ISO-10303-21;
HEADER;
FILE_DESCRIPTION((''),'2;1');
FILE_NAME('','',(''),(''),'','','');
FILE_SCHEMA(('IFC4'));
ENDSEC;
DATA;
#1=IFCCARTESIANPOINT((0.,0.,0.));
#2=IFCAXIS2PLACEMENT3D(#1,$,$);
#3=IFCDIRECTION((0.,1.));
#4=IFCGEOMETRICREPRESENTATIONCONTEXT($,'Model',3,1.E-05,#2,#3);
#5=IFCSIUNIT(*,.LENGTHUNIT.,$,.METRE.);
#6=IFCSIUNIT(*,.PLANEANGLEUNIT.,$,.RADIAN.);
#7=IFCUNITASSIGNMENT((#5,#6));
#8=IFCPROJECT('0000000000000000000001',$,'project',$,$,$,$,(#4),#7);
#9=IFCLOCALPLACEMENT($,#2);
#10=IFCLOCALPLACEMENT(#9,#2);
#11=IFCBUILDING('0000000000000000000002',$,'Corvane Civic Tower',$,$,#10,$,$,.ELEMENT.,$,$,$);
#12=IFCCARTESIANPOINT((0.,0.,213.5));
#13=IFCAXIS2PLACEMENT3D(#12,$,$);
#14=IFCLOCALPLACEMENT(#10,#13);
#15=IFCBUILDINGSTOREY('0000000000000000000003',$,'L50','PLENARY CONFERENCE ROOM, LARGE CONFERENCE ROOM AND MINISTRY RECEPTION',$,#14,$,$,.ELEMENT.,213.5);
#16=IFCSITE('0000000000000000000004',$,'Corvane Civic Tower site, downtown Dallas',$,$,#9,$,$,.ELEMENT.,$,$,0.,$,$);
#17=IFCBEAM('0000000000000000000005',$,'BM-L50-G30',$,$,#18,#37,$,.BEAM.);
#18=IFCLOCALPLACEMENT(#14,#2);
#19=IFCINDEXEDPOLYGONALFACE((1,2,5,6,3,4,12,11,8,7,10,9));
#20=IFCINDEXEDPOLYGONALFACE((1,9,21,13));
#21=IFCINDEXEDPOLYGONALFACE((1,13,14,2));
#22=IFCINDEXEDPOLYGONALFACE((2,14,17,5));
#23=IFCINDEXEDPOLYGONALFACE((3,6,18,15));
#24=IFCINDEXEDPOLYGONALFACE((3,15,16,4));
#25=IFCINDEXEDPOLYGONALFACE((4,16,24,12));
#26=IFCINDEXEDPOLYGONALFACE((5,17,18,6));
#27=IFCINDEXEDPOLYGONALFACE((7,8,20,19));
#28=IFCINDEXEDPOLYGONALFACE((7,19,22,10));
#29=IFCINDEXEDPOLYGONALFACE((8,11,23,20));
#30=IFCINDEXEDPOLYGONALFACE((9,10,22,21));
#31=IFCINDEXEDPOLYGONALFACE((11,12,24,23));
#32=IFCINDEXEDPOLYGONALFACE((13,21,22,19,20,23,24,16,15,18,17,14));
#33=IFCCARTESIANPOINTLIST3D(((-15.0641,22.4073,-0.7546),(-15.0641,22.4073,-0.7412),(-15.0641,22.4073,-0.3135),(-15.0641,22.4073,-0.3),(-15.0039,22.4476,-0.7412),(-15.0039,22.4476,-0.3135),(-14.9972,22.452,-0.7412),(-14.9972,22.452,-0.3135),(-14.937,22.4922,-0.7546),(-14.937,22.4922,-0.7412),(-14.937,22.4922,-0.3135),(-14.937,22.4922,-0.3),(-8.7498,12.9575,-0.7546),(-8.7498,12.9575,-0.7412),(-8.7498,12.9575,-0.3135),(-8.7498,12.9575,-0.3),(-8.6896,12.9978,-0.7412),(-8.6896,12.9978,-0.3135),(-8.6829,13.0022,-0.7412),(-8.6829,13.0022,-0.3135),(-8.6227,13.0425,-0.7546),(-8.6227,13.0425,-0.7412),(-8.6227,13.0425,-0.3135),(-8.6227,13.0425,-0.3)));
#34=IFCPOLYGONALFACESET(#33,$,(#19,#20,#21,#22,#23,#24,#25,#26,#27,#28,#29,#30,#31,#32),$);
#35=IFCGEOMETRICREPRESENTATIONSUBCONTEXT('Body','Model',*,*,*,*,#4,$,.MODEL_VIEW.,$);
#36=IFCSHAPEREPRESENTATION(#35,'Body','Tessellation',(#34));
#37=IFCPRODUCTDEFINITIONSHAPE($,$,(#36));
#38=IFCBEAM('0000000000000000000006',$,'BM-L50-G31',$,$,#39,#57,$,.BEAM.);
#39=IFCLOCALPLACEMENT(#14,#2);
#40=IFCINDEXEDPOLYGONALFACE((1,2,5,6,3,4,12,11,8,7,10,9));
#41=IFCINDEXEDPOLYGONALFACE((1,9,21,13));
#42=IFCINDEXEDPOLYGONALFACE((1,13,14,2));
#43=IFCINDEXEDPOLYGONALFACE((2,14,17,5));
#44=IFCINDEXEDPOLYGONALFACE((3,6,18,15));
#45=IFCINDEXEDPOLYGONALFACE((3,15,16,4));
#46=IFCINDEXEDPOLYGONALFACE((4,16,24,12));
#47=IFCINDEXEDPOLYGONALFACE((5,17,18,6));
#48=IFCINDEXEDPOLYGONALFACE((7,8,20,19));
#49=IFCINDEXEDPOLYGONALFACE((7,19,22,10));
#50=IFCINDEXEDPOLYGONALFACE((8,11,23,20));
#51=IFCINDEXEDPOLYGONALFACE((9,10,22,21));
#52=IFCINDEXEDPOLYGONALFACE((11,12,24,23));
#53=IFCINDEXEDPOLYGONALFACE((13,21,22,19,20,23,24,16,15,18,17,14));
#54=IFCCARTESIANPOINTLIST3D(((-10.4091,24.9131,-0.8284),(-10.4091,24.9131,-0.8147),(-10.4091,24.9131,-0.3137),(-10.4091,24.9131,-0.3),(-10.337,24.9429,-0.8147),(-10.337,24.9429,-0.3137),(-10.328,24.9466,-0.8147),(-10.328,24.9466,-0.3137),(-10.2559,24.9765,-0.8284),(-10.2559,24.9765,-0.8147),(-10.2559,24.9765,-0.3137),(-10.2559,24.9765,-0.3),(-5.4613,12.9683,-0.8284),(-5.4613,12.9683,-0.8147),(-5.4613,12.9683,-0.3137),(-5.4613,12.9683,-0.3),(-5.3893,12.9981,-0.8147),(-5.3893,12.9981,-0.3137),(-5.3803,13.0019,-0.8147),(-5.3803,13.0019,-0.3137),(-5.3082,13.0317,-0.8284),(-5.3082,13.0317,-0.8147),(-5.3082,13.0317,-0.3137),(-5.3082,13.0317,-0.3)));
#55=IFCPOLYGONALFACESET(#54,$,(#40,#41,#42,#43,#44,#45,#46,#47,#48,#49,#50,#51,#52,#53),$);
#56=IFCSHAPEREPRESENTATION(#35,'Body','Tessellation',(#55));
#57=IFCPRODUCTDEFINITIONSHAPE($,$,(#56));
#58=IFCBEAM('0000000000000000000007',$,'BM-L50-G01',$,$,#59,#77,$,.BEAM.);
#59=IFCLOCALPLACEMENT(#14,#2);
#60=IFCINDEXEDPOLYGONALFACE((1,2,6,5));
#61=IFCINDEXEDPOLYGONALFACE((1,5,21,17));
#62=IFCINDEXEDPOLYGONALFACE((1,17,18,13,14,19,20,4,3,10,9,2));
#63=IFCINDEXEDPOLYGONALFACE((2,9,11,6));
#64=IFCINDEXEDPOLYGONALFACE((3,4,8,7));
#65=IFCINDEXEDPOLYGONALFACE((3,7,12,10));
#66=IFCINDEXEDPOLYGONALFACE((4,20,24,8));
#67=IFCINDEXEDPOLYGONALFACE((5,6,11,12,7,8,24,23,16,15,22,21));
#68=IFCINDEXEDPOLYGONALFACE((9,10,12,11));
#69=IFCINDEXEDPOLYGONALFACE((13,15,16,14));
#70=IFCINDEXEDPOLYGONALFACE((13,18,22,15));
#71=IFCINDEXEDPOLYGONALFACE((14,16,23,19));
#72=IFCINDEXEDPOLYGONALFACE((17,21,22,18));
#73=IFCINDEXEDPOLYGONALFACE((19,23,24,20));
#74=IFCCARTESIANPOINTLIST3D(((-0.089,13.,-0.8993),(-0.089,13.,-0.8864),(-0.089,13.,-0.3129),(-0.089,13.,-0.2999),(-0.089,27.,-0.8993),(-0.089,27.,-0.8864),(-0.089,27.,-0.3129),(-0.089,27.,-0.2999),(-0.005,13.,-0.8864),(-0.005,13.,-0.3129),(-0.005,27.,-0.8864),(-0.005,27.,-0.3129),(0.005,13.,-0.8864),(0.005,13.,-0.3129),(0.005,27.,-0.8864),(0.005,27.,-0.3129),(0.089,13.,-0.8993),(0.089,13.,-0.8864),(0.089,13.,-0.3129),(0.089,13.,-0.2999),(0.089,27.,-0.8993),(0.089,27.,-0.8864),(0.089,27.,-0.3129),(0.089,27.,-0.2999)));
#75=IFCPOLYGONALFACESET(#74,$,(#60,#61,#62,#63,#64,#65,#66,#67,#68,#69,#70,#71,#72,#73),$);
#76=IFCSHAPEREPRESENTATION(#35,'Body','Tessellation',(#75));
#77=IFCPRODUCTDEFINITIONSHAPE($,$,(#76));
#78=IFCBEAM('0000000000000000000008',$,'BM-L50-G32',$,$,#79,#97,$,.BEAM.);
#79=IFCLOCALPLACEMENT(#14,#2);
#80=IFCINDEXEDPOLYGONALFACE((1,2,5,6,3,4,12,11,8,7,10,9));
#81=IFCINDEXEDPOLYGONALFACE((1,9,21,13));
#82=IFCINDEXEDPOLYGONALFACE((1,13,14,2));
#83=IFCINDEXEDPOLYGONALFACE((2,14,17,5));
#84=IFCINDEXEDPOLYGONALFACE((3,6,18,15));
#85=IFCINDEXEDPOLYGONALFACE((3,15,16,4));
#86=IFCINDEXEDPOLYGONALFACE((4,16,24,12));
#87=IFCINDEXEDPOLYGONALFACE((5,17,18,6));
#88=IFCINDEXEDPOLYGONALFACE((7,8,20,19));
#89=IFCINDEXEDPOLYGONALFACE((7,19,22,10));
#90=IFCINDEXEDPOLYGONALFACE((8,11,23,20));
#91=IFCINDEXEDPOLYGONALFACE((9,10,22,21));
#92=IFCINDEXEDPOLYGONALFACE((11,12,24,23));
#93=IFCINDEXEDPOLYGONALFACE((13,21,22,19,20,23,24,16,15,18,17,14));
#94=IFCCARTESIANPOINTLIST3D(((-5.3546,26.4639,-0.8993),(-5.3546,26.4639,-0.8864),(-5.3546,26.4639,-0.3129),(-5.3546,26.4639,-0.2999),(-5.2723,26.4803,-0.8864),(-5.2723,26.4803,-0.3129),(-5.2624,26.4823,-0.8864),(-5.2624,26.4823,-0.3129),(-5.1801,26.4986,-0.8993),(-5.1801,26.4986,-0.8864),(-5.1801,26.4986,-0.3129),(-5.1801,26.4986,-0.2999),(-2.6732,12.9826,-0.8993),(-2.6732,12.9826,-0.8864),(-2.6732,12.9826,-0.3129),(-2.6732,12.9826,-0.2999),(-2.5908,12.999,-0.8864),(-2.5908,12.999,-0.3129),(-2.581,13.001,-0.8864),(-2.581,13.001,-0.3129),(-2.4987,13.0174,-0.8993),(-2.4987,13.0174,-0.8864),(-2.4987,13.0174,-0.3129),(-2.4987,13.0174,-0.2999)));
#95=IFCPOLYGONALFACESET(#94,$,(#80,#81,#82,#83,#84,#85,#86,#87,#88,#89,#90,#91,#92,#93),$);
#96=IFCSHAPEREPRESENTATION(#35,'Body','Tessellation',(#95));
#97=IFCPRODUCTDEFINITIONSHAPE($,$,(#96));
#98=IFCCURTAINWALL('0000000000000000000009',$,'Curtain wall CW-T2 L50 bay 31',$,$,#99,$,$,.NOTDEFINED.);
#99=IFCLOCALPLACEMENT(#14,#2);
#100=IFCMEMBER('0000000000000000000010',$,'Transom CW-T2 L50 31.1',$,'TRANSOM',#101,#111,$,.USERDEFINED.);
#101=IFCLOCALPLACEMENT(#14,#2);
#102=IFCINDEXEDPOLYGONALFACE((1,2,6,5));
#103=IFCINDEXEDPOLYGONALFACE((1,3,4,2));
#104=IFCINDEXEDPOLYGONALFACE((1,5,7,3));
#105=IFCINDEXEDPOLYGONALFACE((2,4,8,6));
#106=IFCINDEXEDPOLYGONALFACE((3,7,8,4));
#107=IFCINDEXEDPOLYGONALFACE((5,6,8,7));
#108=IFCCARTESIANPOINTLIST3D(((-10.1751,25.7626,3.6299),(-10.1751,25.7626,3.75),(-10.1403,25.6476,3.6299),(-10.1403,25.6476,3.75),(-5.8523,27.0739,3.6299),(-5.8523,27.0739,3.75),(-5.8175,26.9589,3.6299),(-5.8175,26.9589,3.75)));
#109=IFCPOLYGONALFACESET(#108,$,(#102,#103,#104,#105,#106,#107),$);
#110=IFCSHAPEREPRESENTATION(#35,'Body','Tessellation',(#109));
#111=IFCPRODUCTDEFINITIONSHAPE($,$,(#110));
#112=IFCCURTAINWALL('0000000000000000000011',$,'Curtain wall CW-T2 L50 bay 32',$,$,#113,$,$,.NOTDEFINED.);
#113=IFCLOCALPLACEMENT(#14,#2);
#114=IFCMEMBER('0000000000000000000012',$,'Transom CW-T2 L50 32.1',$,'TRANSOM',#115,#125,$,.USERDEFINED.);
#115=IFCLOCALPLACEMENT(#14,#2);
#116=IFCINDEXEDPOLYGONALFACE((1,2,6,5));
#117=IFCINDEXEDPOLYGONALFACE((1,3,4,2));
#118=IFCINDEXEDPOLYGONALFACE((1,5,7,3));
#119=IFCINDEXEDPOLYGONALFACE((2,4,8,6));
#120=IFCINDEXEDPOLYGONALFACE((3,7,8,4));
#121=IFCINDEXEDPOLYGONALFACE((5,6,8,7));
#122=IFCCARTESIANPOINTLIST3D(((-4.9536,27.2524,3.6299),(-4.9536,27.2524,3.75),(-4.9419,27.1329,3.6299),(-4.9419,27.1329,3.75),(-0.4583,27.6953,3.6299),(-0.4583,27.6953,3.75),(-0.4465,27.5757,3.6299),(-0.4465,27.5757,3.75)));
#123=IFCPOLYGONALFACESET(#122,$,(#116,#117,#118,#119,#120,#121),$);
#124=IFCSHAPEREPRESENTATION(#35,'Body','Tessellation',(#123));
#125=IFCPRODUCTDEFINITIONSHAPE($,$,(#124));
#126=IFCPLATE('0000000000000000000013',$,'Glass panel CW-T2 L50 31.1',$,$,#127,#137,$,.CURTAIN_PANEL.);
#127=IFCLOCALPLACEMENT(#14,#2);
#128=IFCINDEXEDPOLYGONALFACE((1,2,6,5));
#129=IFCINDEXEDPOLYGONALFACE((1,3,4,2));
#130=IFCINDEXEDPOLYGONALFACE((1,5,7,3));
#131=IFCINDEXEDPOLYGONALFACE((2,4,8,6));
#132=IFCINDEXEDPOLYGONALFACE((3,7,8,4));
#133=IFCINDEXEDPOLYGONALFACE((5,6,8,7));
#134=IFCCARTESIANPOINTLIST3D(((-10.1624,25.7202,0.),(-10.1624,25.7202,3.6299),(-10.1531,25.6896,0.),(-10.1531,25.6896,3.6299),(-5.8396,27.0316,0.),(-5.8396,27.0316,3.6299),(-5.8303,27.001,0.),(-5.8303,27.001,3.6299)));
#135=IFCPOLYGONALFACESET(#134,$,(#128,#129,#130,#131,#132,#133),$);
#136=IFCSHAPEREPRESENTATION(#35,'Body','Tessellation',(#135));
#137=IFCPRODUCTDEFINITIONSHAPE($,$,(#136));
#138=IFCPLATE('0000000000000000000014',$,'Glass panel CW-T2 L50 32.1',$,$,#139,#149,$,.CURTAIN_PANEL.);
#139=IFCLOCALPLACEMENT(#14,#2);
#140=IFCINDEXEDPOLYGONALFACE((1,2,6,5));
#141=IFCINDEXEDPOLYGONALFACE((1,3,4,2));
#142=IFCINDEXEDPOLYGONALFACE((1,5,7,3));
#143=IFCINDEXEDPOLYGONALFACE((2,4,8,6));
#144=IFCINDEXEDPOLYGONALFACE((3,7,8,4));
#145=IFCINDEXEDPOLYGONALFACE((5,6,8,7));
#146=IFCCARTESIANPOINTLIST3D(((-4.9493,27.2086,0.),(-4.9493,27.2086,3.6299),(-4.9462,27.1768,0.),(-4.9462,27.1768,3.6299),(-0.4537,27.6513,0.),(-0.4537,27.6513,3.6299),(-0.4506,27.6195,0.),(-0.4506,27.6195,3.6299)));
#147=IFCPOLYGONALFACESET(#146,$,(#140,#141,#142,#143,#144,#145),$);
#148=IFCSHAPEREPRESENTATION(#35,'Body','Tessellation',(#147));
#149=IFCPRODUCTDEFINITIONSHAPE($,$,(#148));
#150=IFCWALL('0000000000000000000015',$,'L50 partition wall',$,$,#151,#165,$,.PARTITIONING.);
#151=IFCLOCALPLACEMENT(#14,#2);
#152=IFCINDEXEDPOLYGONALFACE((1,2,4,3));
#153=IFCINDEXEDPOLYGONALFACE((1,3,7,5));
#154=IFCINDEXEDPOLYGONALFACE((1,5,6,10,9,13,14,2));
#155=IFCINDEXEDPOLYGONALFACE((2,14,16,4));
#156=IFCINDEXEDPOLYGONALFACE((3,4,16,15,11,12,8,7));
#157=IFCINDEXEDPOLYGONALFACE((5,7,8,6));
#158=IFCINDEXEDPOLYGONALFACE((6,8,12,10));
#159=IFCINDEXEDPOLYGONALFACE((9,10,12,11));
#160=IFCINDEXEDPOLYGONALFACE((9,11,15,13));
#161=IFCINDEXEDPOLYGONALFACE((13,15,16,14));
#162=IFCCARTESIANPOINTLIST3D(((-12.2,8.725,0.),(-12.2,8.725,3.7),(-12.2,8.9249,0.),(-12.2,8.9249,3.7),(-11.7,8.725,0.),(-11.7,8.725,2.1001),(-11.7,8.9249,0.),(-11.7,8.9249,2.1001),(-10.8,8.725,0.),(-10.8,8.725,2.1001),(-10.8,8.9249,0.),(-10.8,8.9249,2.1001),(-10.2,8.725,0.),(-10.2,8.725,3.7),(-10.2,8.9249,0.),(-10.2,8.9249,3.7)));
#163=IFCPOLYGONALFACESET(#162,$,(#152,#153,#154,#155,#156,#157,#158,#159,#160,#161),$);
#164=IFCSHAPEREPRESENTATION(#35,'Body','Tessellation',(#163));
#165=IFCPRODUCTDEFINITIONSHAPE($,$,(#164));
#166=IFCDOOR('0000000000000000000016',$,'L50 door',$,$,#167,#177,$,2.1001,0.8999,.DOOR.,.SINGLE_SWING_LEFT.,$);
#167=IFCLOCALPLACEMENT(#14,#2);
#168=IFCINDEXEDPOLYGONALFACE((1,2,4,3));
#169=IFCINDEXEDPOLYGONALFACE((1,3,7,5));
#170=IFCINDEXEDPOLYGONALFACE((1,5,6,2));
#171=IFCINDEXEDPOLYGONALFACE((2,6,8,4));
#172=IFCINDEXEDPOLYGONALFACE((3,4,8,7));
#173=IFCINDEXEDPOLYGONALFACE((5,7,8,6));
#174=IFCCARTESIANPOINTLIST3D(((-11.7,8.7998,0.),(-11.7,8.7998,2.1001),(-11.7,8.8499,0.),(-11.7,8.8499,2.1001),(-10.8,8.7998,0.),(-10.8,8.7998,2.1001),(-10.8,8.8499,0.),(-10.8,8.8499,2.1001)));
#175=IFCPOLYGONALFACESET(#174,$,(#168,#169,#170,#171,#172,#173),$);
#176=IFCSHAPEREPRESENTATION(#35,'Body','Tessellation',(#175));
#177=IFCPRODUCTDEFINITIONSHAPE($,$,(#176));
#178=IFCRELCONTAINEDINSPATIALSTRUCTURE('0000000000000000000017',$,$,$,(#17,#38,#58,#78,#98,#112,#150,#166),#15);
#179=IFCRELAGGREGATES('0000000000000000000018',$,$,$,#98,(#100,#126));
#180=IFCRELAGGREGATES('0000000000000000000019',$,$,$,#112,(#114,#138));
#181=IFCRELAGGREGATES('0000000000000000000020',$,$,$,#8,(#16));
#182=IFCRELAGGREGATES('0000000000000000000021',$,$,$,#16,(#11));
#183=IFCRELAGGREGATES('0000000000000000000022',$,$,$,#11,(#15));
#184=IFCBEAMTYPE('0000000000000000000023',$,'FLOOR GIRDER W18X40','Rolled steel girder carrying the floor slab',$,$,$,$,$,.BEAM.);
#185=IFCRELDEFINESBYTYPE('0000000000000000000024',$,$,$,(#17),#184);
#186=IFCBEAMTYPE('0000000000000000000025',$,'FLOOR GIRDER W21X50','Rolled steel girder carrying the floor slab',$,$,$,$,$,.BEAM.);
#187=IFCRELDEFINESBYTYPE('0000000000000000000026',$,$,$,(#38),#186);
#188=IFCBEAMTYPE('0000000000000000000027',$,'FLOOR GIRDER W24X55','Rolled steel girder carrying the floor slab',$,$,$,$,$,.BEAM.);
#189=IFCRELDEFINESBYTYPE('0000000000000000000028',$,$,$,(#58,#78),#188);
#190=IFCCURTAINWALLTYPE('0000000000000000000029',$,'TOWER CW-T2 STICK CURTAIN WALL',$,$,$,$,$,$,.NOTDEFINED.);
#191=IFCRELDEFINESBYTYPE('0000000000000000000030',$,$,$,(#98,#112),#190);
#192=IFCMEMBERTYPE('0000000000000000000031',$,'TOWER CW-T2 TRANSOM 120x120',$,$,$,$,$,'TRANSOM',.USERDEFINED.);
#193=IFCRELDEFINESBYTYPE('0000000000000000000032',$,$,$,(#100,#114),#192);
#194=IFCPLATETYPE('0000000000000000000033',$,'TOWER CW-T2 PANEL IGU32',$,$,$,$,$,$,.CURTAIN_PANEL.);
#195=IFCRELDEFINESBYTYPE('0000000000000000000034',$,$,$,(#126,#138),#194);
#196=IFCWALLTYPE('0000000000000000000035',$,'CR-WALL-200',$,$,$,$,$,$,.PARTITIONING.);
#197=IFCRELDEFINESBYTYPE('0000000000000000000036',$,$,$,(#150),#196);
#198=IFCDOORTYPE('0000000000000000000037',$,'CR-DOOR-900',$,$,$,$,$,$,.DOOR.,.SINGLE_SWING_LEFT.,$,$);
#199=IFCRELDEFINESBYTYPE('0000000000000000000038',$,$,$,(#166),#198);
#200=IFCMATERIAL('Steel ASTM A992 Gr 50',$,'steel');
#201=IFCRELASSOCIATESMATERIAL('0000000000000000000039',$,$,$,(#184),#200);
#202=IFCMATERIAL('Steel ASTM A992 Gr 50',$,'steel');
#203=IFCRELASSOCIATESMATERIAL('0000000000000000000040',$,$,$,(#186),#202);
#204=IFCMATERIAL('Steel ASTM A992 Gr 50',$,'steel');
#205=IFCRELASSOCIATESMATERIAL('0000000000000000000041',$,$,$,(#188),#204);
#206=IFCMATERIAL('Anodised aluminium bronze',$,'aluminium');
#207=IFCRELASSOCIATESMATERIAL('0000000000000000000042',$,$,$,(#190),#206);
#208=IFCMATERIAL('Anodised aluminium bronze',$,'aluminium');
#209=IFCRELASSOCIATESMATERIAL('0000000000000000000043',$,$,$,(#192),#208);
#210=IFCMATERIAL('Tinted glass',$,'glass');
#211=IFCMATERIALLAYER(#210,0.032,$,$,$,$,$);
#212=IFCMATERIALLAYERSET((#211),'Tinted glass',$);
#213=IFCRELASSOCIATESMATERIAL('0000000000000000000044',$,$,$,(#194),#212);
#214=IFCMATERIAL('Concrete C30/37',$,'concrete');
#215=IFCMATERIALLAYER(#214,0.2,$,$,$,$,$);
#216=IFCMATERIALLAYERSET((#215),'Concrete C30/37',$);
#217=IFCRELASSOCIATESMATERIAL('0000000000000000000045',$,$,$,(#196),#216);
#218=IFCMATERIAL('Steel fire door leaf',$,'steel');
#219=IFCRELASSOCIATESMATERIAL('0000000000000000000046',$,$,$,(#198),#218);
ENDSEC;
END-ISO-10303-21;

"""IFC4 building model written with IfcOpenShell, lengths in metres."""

from ifc_helpers import new_model, si_unit, direction, frame, frame_2d, origin, origin_2d, place, context, subcontext, project, spatial, rectangle, i_section, extrude, material, layer, layer_set, material_profile, profile_set, type_object, element, fill, aggregate, save


model = new_model("IFC4")

# Units and contexts
model_context = context("Model", 3, precision=1e-05, world=origin(), true_north=direction((0.0, 1.0)))
body_context = subcontext(model_context, "Body", "Model", "MODEL_VIEW")
ifc_project = project(units=[si_unit("LENGTHUNIT", "METRE"), si_unit("PLANEANGLEUNIT", "RADIAN")], contexts=[model_context])

# Site, building, storey
site_placement = place(None, origin())
site = spatial("IfcSite", under=ifc_project, at=site_placement, Name="Corvane Civic Tower site, downtown Dallas", CompositionType="ELEMENT", RefElevation=0.0)
building_placement = place(site_placement, origin())
building = spatial("IfcBuilding", under=site, at=building_placement, Name="Corvane Civic Tower", CompositionType="ELEMENT")
storey_placement = place(building_placement, frame((0.0, 0.0, 213.5)))
storey = spatial("IfcBuildingStorey", under=building, at=storey_placement, Name="L50", Description="PLENARY CONFERENCE ROOM, LARGE CONFERENCE ROOM AND MINISTRY RECEPTION", CompositionType="ELEMENT", Elevation=213.5)

# Beams
ifc_material_1 = material(Name="Steel ASTM A992 Gr 50", Category="steel")
ifc_material_profile_1 = material_profile(ifc_material_1, i_section(OverallWidth=0.1528, OverallDepth=0.4546, WebThickness=0.0081, FlangeThickness=0.0134, at=origin_2d()), Name="W18X40")
ifc_profile_set_1 = profile_set([ifc_material_profile_1], Name="Steel ASTM A992 Gr 50")
beam_type_1 = type_object("IfcBeamType", Name="FLOOR GIRDER W18X40", Description="Rolled steel girder carrying the floor slab", PredefinedType="BEAM", material=ifc_profile_set_1)
beam_1_placement = place(storey_placement, frame((-8.6863, 13.0, -0.5273), z_axis=(-0.555577, 0.831465, 0.0), x_axis=(-0.831465, -0.555577, 0.0)))
element("IfcBeam", 1, at=beam_1_placement, inside=storey, type_object=beam_type_1, Name="BM-L50-G30", PredefinedType="BEAM", context=body_context, shape_type="SweptSolid", body=[
    extrude(i_section(OverallWidth=0.1528, OverallDepth=0.4546, WebThickness=0.0081, FlangeThickness=0.0134, at=origin_2d()), origin(), (0.0, 0.0, 1.0), 11.3652),
])
ifc_material_2 = material(Name="Steel ASTM A992 Gr 50", Category="steel")
ifc_material_profile_2 = material_profile(ifc_material_2, i_section(OverallWidth=0.1658, OverallDepth=0.5283, WebThickness=0.0098, FlangeThickness=0.0137, at=origin_2d()), Name="W21X50")
ifc_profile_set_2 = profile_set([ifc_material_profile_2], Name="Steel ASTM A992 Gr 50")
beam_type_2 = type_object("IfcBeamType", Name="FLOOR GIRDER W21X50", Description="Rolled steel girder carrying the floor slab", PredefinedType="BEAM", material=ifc_profile_set_2)
beam_2_placement = place(storey_placement, frame((-5.3848, 13.0, -0.5642), z_axis=(-0.382686, 0.923878, 0.0), x_axis=(-0.923878, -0.382686, 0.0)))
element("IfcBeam", 2, at=beam_2_placement, inside=storey, type_object=beam_type_2, Name="BM-L50-G31", PredefinedType="BEAM", context=body_context, shape_type="SweptSolid", body=[
    extrude(i_section(OverallWidth=0.1658, OverallDepth=0.5283, WebThickness=0.0098, FlangeThickness=0.0137, at=origin_2d()), origin(), (0.0, 0.0, 1.0), 12.929),
])
ifc_material_3 = material(Name="Steel ASTM A992 Gr 50", Category="steel")
ifc_material_profile_3 = material_profile(ifc_material_3, i_section(OverallWidth=0.178, OverallDepth=0.5994, WebThickness=0.01, FlangeThickness=0.0129, at=origin_2d()), Name="W24X55")
ifc_profile_set_3 = profile_set([ifc_material_profile_3], Name="Steel ASTM A992 Gr 50")
beam_type_3 = type_object("IfcBeamType", Name="FLOOR GIRDER W24X55", Description="Rolled steel girder carrying the floor slab", PredefinedType="BEAM", material=ifc_profile_set_3)
beam_3_placement = place(storey_placement, frame((0.0, 13.0, -0.5996), z_axis=(0.0, 1.0, 0.0), x_axis=(-1.0, 0.0, 0.0)))
element("IfcBeam", 3, at=beam_3_placement, inside=storey, type_object=beam_type_3, Name="BM-L50-G01", PredefinedType="BEAM", context=body_context, shape_type="SweptSolid", body=[
    extrude(i_section(OverallWidth=0.178, OverallDepth=0.5994, WebThickness=0.01, FlangeThickness=0.0129, at=origin_2d()), origin(), (0.0, 0.0, 1.0), 14.0),
])
beam_4_placement = place(storey_placement, frame((-2.5859, 13.0, -0.5996), z_axis=(-0.195078, 0.980788, 0.0), x_axis=(-0.980788, -0.195078, 0.0)))
element("IfcBeam", 4, at=beam_4_placement, inside=storey, type_object=beam_type_3, Name="BM-L50-G32", PredefinedType="BEAM", context=body_context, shape_type="SweptSolid", body=[
    extrude(i_section(OverallWidth=0.178, OverallDepth=0.5994, WebThickness=0.01, FlangeThickness=0.0129, at=origin_2d()), origin(), (0.0, 0.0, 1.0), 13.7454),
])

# Curtain walls, members
ifc_material_4 = material(Name="Anodised aluminium bronze", Category="aluminium")
curtain_wall_type = type_object("IfcCurtainWallType", Name="TOWER CW-T2 STICK CURTAIN WALL", PredefinedType="NOTDEFINED", material=ifc_material_4)
curtain_wall_1_placement = place(storey_placement, origin())
curtain_wall_1 = element("IfcCurtainWall", 5, at=curtain_wall_1_placement, inside=storey, type_object=curtain_wall_type, Name="Curtain wall CW-T2 L50 bay 31", PredefinedType="NOTDEFINED")
ifc_material_5 = material(Name="Anodised aluminium bronze", Category="aluminium")
ifc_material_profile_4 = material_profile(ifc_material_5, rectangle(XDim=0.1201, YDim=0.1201, at=origin_2d()), Name="TOWER CW-T2 TRANSOM 120x120")
ifc_profile_set_4 = profile_set([ifc_material_profile_4], Name="Anodised aluminium bronze")
member_type = type_object("IfcMemberType", Name="TOWER CW-T2 TRANSOM 120x120", ElementType="TRANSOM", PredefinedType="USERDEFINED", material=ifc_profile_set_4)
member_1_placement = place(storey_placement, frame((-10.1577, 25.7051, 3.6899), z_axis=(0.956941, 0.290282, 0.0), x_axis=(-0.290282, 0.956941, 0.0)))
member_1 = element("IfcMember", 6, at=member_1_placement, type_object=member_type, Name="Transom CW-T2 L50 31.1", ObjectType="TRANSOM", PredefinedType="USERDEFINED", context=body_context, shape_type="SweptSolid", body=[
    extrude(rectangle(XDim=0.1201, YDim=0.1201, at=origin_2d()), origin(), (0.0, 0.0, 1.0), 4.5173),
])
curtain_wall_2_placement = place(storey_placement, origin())
curtain_wall_2 = element("IfcCurtainWall", 7, at=curtain_wall_2_placement, inside=storey, type_object=curtain_wall_type, Name="Curtain wall CW-T2 L50 bay 32", PredefinedType="NOTDEFINED")
member_2_placement = place(storey_placement, frame((-4.9478, 27.1926, 3.6899), z_axis=(0.995182, 0.098043, 0.0), x_axis=(-0.098043, 0.995182, 0.0)))
member_2 = element("IfcMember", 8, at=member_2_placement, type_object=member_type, Name="Transom CW-T2 L50 32.1", ObjectType="TRANSOM", PredefinedType="USERDEFINED", context=body_context, shape_type="SweptSolid", body=[
    extrude(rectangle(XDim=0.1201, YDim=0.1201, at=origin_2d()), origin(), (0.0, 0.0, 1.0), 4.5171),
])

# Plates
ifc_material_6 = material(Name="Tinted glass", Category="glass")
ifc_layer_1 = layer(ifc_material_6, 0.032)
ifc_layer_set_1 = layer_set([ifc_layer_1], Name="Tinted glass")
plate_type = type_object("IfcPlateType", Name="TOWER CW-T2 PANEL IGU32", PredefinedType="CURTAIN_PANEL", material=ifc_layer_set_1)
plate_1_placement = place(storey_placement, frame((-7.9963, 26.3606, 0.0), z_axis=(0.0, 0.0, 1.0), x_axis=(0.956939, 0.29029, 0.0)))
plate_1 = element("IfcPlate", 9, at=plate_1_placement, type_object=plate_type, Name="Glass panel CW-T2 L50 31.1", PredefinedType="CURTAIN_PANEL", context=body_context, shape_type="SweptSolid", body=[
    extrude(rectangle(XDim=4.5173, YDim=0.032, at=origin_2d()), origin(), (0.0, 0.0, 1.0), 3.6299),
])
aggregate(curtain_wall_1, [member_1, plate_1])
plate_2_placement = place(storey_placement, frame((-2.7, 27.4141, 0.0), z_axis=(0.0, 0.0, 1.0), x_axis=(0.995187, 0.097993, 0.0)))
plate_2 = element("IfcPlate", 10, at=plate_2_placement, type_object=plate_type, Name="Glass panel CW-T2 L50 32.1", PredefinedType="CURTAIN_PANEL", context=body_context, shape_type="SweptSolid", body=[
    extrude(rectangle(XDim=4.5173, YDim=0.032, at=origin_2d()), origin(), (0.0, 0.0, 1.0), 3.6299),
])
aggregate(curtain_wall_2, [member_2, plate_2])

# Wall, opening, door
ifc_material_7 = material(Name="Concrete C30/37", Category="concrete")
ifc_layer_2 = layer(ifc_material_7, 0.2)
ifc_layer_set_2 = layer_set([ifc_layer_2], Name="Concrete C30/37")
wall_type = type_object("IfcWallType", Name="CR-WALL-200", PredefinedType="PARTITIONING", material=ifc_layer_set_2)
wall_1_placement = place(storey_placement, frame((-12.2, 8.825, 0.0), z_axis=(0.0, 0.0, 1.0), x_axis=(1.0, 0.0, 0.0)))
wall_1 = element("IfcWall", 11, at=wall_1_placement, inside=storey, type_object=wall_type, Name="L50 partition wall", PredefinedType="PARTITIONING", context=body_context, shape_type="SweptSolid", body=[
    extrude(rectangle(XDim=2.0, YDim=0.2, at=frame_2d((1.0, 0.0))), origin(), (0.0, 0.0, 1.0), 3.7),
])
opening_1_placement = place(wall_1_placement, frame((0.5, 0.0, 0.0)))
opening_1 = element("IfcOpeningElement", 12, at=opening_1_placement, cuts=wall_1, PredefinedType="OPENING", context=body_context, shape_type="SweptSolid", body=[
    extrude(rectangle(XDim=0.8999, YDim=2.1001, at=frame_2d((0.45, 1.05))), frame((0.0, 0.1099, 0.0), z_axis=(0.0, -1.0, 0.0), x_axis=(1.0, 0.0, 0.0)), (0.0, 0.0, 1.0), 0.22),
])
ifc_material_8 = material(Name="Steel fire door leaf", Category="steel")
door_type = type_object("IfcDoorType", Name="CR-DOOR-900", OperationType="SINGLE_SWING_LEFT", PredefinedType="DOOR", material=ifc_material_8)
door_1_placement = place(opening_1_placement, origin())
door_1 = element("IfcDoor", 13, at=door_1_placement, inside=storey, type_object=door_type, Name="L50 door", OperationType="SINGLE_SWING_LEFT", OverallHeight=2.1001, OverallWidth=0.8999, PredefinedType="DOOR", context=body_context, shape_type="SweptSolid", body=[
    extrude(rectangle(XDim=0.8999, YDim=2.1001, at=frame_2d((0.45, 1.05))), frame((0.0, 0.0249, 0.0), z_axis=(0.0, -1.0, 0.0), x_axis=(1.0, 0.0, 0.0)), (0.0, 0.0, 1.0), 0.05),
])
fill(opening_1, door_1)

save(model, "model.ifc")
